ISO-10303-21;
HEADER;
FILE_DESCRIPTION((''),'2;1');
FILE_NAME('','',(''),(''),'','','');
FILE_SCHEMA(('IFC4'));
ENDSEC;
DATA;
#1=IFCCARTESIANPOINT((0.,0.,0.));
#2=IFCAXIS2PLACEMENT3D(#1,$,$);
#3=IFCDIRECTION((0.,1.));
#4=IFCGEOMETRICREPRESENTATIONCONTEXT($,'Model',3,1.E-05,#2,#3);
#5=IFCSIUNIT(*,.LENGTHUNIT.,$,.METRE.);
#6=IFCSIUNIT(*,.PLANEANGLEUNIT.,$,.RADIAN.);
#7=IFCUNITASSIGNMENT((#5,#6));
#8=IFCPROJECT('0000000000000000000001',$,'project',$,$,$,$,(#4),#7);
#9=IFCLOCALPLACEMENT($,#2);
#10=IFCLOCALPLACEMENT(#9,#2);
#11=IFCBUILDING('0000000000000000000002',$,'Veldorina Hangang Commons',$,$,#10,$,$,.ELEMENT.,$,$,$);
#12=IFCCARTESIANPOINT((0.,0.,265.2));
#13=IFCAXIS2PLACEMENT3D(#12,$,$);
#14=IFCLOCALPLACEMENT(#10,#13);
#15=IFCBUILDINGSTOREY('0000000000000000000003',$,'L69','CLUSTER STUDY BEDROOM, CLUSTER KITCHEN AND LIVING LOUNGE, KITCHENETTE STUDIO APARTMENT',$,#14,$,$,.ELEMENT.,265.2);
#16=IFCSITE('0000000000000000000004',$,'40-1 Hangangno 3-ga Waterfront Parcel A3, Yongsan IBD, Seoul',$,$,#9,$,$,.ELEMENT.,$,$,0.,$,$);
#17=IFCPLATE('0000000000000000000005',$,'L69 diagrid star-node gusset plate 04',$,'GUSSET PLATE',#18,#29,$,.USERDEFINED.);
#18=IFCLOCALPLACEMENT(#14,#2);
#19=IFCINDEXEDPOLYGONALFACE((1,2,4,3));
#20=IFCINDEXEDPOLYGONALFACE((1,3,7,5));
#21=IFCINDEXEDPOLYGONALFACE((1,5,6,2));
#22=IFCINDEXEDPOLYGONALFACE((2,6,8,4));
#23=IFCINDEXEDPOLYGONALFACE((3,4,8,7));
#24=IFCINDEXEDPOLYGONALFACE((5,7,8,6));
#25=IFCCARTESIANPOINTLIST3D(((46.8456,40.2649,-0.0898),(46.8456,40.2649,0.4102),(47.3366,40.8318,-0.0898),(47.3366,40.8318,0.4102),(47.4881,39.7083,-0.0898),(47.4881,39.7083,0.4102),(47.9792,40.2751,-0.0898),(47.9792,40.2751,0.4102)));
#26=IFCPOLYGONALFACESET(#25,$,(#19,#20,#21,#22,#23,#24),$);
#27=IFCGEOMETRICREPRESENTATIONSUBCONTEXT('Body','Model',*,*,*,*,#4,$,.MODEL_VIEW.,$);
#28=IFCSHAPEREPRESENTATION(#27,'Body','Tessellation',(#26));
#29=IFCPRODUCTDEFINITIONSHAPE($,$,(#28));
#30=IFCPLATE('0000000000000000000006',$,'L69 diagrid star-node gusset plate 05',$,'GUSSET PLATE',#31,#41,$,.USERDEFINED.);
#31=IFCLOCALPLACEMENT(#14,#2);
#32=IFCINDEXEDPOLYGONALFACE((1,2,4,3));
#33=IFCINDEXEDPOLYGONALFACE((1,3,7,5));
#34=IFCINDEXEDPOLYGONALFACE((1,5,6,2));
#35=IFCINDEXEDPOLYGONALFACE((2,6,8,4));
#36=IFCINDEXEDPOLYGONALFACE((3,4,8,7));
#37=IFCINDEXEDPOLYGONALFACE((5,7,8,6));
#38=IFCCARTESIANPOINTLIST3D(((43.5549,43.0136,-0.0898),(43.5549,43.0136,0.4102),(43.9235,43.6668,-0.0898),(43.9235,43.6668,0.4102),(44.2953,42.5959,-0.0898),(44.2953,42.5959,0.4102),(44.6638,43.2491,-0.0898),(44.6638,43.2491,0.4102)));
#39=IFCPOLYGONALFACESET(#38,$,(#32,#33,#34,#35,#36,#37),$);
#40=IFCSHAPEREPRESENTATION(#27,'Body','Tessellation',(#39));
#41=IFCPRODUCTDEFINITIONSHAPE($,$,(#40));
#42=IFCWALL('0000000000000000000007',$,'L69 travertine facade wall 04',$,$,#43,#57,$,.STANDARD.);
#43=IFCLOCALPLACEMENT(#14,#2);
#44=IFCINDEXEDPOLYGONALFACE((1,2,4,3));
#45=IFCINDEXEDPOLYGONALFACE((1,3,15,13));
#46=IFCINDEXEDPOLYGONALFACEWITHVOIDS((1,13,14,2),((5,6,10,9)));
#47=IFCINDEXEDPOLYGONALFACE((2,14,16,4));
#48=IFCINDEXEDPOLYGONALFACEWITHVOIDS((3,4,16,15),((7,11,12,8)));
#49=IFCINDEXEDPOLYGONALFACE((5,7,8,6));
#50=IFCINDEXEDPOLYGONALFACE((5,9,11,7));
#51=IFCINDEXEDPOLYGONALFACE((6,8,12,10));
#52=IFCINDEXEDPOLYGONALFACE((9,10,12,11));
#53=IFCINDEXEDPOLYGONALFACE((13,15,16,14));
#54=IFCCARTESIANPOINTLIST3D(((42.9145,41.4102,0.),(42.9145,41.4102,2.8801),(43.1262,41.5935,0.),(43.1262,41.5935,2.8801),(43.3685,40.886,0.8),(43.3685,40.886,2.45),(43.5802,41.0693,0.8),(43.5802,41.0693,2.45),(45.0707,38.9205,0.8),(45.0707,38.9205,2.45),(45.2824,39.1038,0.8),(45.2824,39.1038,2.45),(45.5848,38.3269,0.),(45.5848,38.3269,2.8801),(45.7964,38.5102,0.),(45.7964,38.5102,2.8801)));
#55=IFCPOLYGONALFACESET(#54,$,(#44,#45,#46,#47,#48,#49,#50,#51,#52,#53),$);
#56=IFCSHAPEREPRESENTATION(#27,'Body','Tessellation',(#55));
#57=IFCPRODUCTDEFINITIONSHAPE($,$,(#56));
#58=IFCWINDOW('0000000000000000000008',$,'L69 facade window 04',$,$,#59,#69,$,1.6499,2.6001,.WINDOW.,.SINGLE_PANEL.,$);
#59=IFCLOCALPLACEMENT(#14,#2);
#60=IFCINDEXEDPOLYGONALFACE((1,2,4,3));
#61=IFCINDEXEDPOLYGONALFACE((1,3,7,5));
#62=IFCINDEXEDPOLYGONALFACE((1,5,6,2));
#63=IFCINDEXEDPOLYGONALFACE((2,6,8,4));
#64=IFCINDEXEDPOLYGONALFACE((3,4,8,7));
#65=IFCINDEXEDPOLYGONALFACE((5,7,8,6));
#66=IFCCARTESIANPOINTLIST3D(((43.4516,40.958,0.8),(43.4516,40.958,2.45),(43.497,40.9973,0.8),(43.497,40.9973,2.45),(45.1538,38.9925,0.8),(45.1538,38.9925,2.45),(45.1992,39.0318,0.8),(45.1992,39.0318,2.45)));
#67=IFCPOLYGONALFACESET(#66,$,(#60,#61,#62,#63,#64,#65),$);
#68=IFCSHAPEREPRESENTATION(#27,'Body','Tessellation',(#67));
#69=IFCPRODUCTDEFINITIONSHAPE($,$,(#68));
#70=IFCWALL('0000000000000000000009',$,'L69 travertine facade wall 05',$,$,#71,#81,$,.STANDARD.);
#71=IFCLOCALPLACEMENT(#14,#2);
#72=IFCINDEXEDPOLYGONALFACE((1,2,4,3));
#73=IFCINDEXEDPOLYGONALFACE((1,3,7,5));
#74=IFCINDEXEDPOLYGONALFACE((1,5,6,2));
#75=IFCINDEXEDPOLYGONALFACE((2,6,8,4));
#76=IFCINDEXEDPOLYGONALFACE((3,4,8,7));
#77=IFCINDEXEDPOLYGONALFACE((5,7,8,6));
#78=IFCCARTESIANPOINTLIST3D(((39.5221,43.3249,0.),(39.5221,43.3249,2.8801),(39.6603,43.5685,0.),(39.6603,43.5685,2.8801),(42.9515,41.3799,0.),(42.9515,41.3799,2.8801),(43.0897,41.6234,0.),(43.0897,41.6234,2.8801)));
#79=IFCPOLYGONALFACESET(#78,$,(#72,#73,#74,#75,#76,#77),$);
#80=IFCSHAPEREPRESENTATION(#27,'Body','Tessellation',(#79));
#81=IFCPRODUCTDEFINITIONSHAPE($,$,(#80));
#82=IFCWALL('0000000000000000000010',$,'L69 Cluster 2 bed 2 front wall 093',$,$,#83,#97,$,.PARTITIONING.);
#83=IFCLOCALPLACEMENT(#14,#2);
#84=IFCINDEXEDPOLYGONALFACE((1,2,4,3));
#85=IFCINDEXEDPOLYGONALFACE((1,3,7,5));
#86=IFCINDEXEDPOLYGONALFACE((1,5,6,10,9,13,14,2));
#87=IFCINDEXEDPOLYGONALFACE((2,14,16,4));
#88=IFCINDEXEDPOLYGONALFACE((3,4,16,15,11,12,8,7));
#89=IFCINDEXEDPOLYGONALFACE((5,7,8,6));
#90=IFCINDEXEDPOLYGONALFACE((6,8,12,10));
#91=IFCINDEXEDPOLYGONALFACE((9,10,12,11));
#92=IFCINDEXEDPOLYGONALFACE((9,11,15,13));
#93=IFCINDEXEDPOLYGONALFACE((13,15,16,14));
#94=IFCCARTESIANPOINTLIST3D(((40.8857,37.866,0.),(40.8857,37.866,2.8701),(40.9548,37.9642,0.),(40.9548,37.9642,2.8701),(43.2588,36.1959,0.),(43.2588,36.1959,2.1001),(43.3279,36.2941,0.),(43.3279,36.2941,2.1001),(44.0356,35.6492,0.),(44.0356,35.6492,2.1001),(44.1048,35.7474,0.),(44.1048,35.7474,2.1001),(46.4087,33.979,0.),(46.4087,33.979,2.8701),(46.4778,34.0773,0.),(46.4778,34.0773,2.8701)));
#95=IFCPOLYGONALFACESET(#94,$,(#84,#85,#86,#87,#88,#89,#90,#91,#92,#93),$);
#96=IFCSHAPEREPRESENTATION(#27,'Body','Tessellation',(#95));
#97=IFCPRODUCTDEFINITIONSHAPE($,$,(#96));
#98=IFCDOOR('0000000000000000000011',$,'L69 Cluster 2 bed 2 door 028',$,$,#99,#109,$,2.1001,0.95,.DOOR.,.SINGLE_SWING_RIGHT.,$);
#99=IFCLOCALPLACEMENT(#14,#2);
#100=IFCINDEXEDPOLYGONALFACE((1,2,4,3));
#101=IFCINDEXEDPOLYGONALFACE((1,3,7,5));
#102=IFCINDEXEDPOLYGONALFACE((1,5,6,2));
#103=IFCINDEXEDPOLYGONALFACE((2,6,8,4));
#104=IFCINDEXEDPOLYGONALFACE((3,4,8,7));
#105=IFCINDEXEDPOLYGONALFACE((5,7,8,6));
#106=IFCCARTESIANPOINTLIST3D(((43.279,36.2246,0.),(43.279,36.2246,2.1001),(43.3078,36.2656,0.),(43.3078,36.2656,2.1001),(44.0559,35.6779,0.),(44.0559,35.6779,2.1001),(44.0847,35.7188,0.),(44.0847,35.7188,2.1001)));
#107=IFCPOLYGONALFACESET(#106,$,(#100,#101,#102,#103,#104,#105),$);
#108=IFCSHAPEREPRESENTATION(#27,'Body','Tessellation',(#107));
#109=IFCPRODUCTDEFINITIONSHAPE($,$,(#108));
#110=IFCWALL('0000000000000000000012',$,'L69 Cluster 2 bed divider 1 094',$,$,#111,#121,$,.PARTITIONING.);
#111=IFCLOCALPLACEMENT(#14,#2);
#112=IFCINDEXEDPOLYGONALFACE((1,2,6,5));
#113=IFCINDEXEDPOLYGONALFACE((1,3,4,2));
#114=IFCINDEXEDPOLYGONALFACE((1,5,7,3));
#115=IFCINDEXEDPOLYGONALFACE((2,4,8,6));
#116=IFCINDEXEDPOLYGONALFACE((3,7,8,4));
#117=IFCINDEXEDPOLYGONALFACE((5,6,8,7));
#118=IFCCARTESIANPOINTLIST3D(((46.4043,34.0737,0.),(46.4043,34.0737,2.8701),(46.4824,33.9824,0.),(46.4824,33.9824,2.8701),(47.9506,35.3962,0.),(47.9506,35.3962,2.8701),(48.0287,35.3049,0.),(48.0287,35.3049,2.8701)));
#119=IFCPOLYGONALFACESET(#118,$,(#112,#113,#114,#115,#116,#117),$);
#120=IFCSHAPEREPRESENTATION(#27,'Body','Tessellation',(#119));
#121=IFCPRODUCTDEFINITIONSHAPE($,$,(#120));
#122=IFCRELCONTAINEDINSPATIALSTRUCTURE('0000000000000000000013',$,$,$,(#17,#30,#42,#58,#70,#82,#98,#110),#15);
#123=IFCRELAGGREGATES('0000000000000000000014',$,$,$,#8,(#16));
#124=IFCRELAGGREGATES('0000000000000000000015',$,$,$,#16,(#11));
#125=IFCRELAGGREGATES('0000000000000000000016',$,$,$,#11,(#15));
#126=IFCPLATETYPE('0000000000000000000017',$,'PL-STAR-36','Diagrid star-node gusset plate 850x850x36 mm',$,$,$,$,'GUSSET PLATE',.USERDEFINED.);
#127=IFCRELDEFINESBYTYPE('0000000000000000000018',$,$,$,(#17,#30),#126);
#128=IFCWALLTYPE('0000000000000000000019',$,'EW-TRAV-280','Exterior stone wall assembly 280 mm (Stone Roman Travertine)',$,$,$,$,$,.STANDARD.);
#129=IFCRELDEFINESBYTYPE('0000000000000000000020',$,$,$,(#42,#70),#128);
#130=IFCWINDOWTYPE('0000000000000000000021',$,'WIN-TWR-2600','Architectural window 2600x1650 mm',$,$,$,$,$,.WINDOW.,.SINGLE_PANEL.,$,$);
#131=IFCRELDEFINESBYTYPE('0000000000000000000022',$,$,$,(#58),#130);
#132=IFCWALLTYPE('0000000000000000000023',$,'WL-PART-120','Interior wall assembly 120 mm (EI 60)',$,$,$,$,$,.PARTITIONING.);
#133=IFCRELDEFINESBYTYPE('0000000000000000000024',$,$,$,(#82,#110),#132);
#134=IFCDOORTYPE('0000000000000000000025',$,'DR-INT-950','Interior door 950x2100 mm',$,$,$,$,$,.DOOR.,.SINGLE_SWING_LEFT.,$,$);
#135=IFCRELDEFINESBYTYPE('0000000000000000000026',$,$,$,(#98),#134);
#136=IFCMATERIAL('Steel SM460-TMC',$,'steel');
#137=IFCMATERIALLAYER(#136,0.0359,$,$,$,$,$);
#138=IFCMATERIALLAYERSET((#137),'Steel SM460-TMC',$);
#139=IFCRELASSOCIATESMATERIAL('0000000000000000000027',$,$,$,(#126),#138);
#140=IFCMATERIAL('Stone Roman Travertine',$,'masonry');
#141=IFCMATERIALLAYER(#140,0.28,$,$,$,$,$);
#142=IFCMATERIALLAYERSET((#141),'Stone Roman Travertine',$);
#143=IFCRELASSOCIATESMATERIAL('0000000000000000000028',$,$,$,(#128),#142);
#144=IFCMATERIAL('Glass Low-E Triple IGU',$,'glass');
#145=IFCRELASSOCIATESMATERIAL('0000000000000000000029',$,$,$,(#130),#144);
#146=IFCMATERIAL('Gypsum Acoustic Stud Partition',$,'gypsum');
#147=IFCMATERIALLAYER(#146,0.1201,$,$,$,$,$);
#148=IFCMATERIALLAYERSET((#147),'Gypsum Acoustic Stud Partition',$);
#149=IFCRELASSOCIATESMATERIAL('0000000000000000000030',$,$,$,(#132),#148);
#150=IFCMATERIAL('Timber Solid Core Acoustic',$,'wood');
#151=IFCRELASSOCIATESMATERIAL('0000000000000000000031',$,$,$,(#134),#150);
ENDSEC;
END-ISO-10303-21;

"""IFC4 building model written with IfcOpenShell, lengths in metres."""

from ifc_helpers import new_model, si_unit, direction, frame, frame_2d, origin, origin_2d, place, context, subcontext, project, spatial, rectangle, extrude, material, layer, layer_set, type_object, element, fill, save


model = new_model("IFC4")

# Units and contexts
model_context = context("Model", 3, precision=1e-05, world=origin(), true_north=direction((0.0, 1.0)))
body_context = subcontext(model_context, "Body", "Model", "MODEL_VIEW")
ifc_project = project(units=[si_unit("LENGTHUNIT", "METRE"), si_unit("PLANEANGLEUNIT", "RADIAN")], contexts=[model_context])

# Site, building, storey
site_placement = place(None, origin())
site = spatial("IfcSite", under=ifc_project, at=site_placement, Name="40-1 Hangangno 3-ga Waterfront Parcel A3, Yongsan IBD, Seoul", CompositionType="ELEMENT", RefElevation=0.0)
building_placement = place(site_placement, origin())
building = spatial("IfcBuilding", under=site, at=building_placement, Name="Veldorina Hangang Commons", CompositionType="ELEMENT")
storey_placement = place(building_placement, frame((0.0, 0.0, 265.2)))
storey = spatial("IfcBuildingStorey", under=building, at=storey_placement, Name="L69", Description="CLUSTER STUDY BEDROOM, CLUSTER KITCHEN AND LIVING LOUNGE, KITCHENETTE STUDIO APARTMENT", CompositionType="ELEMENT", Elevation=265.2)

# Shared definitions
ifc_material_1 = material(Name="Glass Low-E Triple IGU", Category="glass")

# Plates
ifc_material_2 = material(Name="Steel SM460-TMC", Category="steel")
ifc_layer_1 = layer(ifc_material_2, 0.0359)
ifc_layer_set_1 = layer_set([ifc_layer_1], Name="Steel SM460-TMC")
plate_type_1 = type_object("IfcPlateType", Name="PL-STAR-36", Description="Diagrid star-node gusset plate 850x850x36 mm", ElementType="GUSSET PLATE", PredefinedType="USERDEFINED", material=ifc_layer_set_1)
for number, where, z_axis, x_axis, name in (
    (1, (47.4124, 40.27, -0.0898), (0.0, 0.0, 1.0), (-0.755819, 0.65478, 0.0), "L69 diagrid star-node gusset plate 04"),
    (2, (44.1094, 43.1313, -0.0898), (0.0, 0.0, 1.0), (-0.870931, 0.491405, 0.0), "L69 diagrid star-node gusset plate 05"),
):
    element("IfcPlate", number, at=place(storey_placement, frame(where, z_axis=z_axis, x_axis=x_axis)), inside=storey, type_object=plate_type_1, Name=name, ObjectType="GUSSET PLATE", PredefinedType="USERDEFINED", context=body_context, shape_type="SweptSolid", body=[
        extrude(rectangle(XDim=0.8501, YDim=0.75, at=origin_2d()), origin(), (0.0, 0.0, 1.0), 0.5),
    ])

# Wall, opening, window
ifc_material_3 = material(Name="Stone Roman Travertine", Category="masonry")
ifc_layer_2 = layer(ifc_material_3, 0.28)
ifc_layer_set_2 = layer_set([ifc_layer_2], Name="Stone Roman Travertine")
wall_type_1 = type_object("IfcWallType", Name="EW-TRAV-280", Description="Exterior stone wall assembly 280 mm (Stone Roman Travertine)", PredefinedType="STANDARD", material=ifc_layer_set_2)
wall_1_placement = place(storey_placement, frame((45.6907, 38.4185, 0.0), z_axis=(0.0, 0.0, 1.0), x_axis=(-0.654652, 0.75593, 0.0)))
wall_1 = element("IfcWall", 3, at=wall_1_placement, inside=storey, type_object=wall_type_1, Name="L69 travertine facade wall 04", PredefinedType="STANDARD", context=body_context, shape_type="SweptSolid", body=[
    extrude(rectangle(XDim=4.0789, YDim=0.28, at=frame_2d((2.0396, 0.0))), origin(), (0.0, 0.0, 1.0), 2.8801),
])
opening_1_placement = place(wall_1_placement, frame((0.7854, 0.0, 0.8)))
opening_1 = element("IfcOpeningElement", 4, at=opening_1_placement, cuts=wall_1, PredefinedType="OPENING", context=body_context, shape_type="SweptSolid", body=[
    extrude(rectangle(XDim=2.6001, YDim=1.6499, at=frame_2d((1.3, 0.825))), frame((0.0, 0.1499, 0.0), z_axis=(0.0, -1.0, 0.0), x_axis=(1.0, 0.0, 0.0)), (0.0, 0.0, 1.0), 0.3),
])
window_type = type_object("IfcWindowType", Name="WIN-TWR-2600", Description="Architectural window 2600x1650 mm", PartitioningType="SINGLE_PANEL", PredefinedType="WINDOW", material=ifc_material_1)
window_placement = place(opening_1_placement, origin())
window = element("IfcWindow", 5, at=window_placement, inside=storey, type_object=window_type, Name="L69 facade window 04", OverallHeight=1.6499, OverallWidth=2.6001, PartitioningType="SINGLE_PANEL", PredefinedType="WINDOW", context=body_context, shape_type="SweptSolid", body=[
    extrude(rectangle(XDim=2.6001, YDim=1.6499, at=frame_2d((1.3, 0.825))), frame((0.0, 0.03, 0.0), z_axis=(0.0, -1.0, 0.0), x_axis=(1.0, 0.0, 0.0)), (0.0, 0.0, 1.0), 0.0601),
])
fill(opening_1, window)

# Wall
wall_2_placement = place(storey_placement, frame((43.0205, 41.5017, 0.0), z_axis=(0.0, 0.0, 1.0), x_axis=(-0.869835, 0.493342, 0.0)))
element("IfcWall", 6, at=wall_2_placement, inside=storey, type_object=wall_type_1, Name="L69 travertine facade wall 05", PredefinedType="STANDARD", context=body_context, shape_type="SweptSolid", body=[
    extrude(rectangle(XDim=3.9426, YDim=0.28, at=frame_2d((1.9712, 0.0))), origin(), (0.0, 0.0, 1.0), 2.8801),
])

# Wall, opening, door
ifc_material_4 = material(Name="Gypsum Acoustic Stud Partition", Category="gypsum")
ifc_layer_3 = layer(ifc_material_4, 0.1201)
ifc_layer_set_3 = layer_set([ifc_layer_3], Name="Gypsum Acoustic Stud Partition")
wall_type_2 = type_object("IfcWallType", Name="WL-PART-120", Description="Interior wall assembly 120 mm (EI 60)", PredefinedType="PARTITIONING", material=ifc_layer_set_3)
wall_3_placement = place(storey_placement, frame((46.4434, 34.0281, 0.0), z_axis=(0.0, 0.0, 1.0), x_axis=(-0.817776, 0.575537, 0.0)))
wall_3 = element("IfcWall", 7, at=wall_3_placement, inside=storey, type_object=wall_type_2, Name="L69 Cluster 2 bed 2 front wall 093", PredefinedType="PARTITIONING", context=body_context, shape_type="SweptSolid", body=[
    extrude(rectangle(XDim=6.7537, YDim=0.1201, at=frame_2d((3.377, 0.0))), origin(), (0.0, 0.0, 1.0), 2.8701),
])
opening_2_placement = place(wall_3_placement, frame((2.9019, 0.0, 0.0)))
opening_2 = element("IfcOpeningElement", 8, at=opening_2_placement, cuts=wall_3, PredefinedType="OPENING", context=body_context, shape_type="SweptSolid", body=[
    extrude(rectangle(XDim=0.95, YDim=2.1001, at=frame_2d((0.4751, 1.05))), frame((0.0, 0.0701, 0.0), z_axis=(0.0, -1.0, 0.0), x_axis=(1.0, 0.0, 0.0)), (0.0, 0.0, 1.0), 0.1401),
])
ifc_material_5 = material(Name="Timber Solid Core Acoustic", Category="wood")
door_type = type_object("IfcDoorType", Name="DR-INT-950", Description="Interior door 950x2100 mm", OperationType="SINGLE_SWING_LEFT", PredefinedType="DOOR", material=ifc_material_5)
door_placement = place(opening_2_placement, origin())
door = element("IfcDoor", 9, at=door_placement, inside=storey, type_object=door_type, Name="L69 Cluster 2 bed 2 door 028", OperationType="SINGLE_SWING_RIGHT", OverallHeight=2.1001, OverallWidth=0.95, PredefinedType="DOOR", context=body_context, shape_type="SweptSolid", body=[
    extrude(rectangle(XDim=0.95, YDim=2.1001, at=frame_2d((0.4751, 1.05))), frame((0.0, 0.0249, 0.0), z_axis=(0.0, -1.0, 0.0), x_axis=(1.0, 0.0, 0.0)), (0.0, 0.0, 1.0), 0.05),
])
fill(opening_2, door)

# Wall
wall_4_placement = place(storey_placement, frame((46.4434, 34.0281, 0.0), z_axis=(0.0, 0.0, 1.0), x_axis=(0.759976, 0.649951, 0.0)))
element("IfcWall", 10, at=wall_4_placement, inside=storey, type_object=wall_type_2, Name="L69 Cluster 2 bed divider 1 094", PredefinedType="PARTITIONING", context=body_context, shape_type="SweptSolid", body=[
    extrude(rectangle(XDim=2.0347, YDim=0.1201, at=frame_2d((1.0173, 0.0))), origin(), (0.0, 0.0, 1.0), 2.8701),
])

save(model, "model.ifc")
